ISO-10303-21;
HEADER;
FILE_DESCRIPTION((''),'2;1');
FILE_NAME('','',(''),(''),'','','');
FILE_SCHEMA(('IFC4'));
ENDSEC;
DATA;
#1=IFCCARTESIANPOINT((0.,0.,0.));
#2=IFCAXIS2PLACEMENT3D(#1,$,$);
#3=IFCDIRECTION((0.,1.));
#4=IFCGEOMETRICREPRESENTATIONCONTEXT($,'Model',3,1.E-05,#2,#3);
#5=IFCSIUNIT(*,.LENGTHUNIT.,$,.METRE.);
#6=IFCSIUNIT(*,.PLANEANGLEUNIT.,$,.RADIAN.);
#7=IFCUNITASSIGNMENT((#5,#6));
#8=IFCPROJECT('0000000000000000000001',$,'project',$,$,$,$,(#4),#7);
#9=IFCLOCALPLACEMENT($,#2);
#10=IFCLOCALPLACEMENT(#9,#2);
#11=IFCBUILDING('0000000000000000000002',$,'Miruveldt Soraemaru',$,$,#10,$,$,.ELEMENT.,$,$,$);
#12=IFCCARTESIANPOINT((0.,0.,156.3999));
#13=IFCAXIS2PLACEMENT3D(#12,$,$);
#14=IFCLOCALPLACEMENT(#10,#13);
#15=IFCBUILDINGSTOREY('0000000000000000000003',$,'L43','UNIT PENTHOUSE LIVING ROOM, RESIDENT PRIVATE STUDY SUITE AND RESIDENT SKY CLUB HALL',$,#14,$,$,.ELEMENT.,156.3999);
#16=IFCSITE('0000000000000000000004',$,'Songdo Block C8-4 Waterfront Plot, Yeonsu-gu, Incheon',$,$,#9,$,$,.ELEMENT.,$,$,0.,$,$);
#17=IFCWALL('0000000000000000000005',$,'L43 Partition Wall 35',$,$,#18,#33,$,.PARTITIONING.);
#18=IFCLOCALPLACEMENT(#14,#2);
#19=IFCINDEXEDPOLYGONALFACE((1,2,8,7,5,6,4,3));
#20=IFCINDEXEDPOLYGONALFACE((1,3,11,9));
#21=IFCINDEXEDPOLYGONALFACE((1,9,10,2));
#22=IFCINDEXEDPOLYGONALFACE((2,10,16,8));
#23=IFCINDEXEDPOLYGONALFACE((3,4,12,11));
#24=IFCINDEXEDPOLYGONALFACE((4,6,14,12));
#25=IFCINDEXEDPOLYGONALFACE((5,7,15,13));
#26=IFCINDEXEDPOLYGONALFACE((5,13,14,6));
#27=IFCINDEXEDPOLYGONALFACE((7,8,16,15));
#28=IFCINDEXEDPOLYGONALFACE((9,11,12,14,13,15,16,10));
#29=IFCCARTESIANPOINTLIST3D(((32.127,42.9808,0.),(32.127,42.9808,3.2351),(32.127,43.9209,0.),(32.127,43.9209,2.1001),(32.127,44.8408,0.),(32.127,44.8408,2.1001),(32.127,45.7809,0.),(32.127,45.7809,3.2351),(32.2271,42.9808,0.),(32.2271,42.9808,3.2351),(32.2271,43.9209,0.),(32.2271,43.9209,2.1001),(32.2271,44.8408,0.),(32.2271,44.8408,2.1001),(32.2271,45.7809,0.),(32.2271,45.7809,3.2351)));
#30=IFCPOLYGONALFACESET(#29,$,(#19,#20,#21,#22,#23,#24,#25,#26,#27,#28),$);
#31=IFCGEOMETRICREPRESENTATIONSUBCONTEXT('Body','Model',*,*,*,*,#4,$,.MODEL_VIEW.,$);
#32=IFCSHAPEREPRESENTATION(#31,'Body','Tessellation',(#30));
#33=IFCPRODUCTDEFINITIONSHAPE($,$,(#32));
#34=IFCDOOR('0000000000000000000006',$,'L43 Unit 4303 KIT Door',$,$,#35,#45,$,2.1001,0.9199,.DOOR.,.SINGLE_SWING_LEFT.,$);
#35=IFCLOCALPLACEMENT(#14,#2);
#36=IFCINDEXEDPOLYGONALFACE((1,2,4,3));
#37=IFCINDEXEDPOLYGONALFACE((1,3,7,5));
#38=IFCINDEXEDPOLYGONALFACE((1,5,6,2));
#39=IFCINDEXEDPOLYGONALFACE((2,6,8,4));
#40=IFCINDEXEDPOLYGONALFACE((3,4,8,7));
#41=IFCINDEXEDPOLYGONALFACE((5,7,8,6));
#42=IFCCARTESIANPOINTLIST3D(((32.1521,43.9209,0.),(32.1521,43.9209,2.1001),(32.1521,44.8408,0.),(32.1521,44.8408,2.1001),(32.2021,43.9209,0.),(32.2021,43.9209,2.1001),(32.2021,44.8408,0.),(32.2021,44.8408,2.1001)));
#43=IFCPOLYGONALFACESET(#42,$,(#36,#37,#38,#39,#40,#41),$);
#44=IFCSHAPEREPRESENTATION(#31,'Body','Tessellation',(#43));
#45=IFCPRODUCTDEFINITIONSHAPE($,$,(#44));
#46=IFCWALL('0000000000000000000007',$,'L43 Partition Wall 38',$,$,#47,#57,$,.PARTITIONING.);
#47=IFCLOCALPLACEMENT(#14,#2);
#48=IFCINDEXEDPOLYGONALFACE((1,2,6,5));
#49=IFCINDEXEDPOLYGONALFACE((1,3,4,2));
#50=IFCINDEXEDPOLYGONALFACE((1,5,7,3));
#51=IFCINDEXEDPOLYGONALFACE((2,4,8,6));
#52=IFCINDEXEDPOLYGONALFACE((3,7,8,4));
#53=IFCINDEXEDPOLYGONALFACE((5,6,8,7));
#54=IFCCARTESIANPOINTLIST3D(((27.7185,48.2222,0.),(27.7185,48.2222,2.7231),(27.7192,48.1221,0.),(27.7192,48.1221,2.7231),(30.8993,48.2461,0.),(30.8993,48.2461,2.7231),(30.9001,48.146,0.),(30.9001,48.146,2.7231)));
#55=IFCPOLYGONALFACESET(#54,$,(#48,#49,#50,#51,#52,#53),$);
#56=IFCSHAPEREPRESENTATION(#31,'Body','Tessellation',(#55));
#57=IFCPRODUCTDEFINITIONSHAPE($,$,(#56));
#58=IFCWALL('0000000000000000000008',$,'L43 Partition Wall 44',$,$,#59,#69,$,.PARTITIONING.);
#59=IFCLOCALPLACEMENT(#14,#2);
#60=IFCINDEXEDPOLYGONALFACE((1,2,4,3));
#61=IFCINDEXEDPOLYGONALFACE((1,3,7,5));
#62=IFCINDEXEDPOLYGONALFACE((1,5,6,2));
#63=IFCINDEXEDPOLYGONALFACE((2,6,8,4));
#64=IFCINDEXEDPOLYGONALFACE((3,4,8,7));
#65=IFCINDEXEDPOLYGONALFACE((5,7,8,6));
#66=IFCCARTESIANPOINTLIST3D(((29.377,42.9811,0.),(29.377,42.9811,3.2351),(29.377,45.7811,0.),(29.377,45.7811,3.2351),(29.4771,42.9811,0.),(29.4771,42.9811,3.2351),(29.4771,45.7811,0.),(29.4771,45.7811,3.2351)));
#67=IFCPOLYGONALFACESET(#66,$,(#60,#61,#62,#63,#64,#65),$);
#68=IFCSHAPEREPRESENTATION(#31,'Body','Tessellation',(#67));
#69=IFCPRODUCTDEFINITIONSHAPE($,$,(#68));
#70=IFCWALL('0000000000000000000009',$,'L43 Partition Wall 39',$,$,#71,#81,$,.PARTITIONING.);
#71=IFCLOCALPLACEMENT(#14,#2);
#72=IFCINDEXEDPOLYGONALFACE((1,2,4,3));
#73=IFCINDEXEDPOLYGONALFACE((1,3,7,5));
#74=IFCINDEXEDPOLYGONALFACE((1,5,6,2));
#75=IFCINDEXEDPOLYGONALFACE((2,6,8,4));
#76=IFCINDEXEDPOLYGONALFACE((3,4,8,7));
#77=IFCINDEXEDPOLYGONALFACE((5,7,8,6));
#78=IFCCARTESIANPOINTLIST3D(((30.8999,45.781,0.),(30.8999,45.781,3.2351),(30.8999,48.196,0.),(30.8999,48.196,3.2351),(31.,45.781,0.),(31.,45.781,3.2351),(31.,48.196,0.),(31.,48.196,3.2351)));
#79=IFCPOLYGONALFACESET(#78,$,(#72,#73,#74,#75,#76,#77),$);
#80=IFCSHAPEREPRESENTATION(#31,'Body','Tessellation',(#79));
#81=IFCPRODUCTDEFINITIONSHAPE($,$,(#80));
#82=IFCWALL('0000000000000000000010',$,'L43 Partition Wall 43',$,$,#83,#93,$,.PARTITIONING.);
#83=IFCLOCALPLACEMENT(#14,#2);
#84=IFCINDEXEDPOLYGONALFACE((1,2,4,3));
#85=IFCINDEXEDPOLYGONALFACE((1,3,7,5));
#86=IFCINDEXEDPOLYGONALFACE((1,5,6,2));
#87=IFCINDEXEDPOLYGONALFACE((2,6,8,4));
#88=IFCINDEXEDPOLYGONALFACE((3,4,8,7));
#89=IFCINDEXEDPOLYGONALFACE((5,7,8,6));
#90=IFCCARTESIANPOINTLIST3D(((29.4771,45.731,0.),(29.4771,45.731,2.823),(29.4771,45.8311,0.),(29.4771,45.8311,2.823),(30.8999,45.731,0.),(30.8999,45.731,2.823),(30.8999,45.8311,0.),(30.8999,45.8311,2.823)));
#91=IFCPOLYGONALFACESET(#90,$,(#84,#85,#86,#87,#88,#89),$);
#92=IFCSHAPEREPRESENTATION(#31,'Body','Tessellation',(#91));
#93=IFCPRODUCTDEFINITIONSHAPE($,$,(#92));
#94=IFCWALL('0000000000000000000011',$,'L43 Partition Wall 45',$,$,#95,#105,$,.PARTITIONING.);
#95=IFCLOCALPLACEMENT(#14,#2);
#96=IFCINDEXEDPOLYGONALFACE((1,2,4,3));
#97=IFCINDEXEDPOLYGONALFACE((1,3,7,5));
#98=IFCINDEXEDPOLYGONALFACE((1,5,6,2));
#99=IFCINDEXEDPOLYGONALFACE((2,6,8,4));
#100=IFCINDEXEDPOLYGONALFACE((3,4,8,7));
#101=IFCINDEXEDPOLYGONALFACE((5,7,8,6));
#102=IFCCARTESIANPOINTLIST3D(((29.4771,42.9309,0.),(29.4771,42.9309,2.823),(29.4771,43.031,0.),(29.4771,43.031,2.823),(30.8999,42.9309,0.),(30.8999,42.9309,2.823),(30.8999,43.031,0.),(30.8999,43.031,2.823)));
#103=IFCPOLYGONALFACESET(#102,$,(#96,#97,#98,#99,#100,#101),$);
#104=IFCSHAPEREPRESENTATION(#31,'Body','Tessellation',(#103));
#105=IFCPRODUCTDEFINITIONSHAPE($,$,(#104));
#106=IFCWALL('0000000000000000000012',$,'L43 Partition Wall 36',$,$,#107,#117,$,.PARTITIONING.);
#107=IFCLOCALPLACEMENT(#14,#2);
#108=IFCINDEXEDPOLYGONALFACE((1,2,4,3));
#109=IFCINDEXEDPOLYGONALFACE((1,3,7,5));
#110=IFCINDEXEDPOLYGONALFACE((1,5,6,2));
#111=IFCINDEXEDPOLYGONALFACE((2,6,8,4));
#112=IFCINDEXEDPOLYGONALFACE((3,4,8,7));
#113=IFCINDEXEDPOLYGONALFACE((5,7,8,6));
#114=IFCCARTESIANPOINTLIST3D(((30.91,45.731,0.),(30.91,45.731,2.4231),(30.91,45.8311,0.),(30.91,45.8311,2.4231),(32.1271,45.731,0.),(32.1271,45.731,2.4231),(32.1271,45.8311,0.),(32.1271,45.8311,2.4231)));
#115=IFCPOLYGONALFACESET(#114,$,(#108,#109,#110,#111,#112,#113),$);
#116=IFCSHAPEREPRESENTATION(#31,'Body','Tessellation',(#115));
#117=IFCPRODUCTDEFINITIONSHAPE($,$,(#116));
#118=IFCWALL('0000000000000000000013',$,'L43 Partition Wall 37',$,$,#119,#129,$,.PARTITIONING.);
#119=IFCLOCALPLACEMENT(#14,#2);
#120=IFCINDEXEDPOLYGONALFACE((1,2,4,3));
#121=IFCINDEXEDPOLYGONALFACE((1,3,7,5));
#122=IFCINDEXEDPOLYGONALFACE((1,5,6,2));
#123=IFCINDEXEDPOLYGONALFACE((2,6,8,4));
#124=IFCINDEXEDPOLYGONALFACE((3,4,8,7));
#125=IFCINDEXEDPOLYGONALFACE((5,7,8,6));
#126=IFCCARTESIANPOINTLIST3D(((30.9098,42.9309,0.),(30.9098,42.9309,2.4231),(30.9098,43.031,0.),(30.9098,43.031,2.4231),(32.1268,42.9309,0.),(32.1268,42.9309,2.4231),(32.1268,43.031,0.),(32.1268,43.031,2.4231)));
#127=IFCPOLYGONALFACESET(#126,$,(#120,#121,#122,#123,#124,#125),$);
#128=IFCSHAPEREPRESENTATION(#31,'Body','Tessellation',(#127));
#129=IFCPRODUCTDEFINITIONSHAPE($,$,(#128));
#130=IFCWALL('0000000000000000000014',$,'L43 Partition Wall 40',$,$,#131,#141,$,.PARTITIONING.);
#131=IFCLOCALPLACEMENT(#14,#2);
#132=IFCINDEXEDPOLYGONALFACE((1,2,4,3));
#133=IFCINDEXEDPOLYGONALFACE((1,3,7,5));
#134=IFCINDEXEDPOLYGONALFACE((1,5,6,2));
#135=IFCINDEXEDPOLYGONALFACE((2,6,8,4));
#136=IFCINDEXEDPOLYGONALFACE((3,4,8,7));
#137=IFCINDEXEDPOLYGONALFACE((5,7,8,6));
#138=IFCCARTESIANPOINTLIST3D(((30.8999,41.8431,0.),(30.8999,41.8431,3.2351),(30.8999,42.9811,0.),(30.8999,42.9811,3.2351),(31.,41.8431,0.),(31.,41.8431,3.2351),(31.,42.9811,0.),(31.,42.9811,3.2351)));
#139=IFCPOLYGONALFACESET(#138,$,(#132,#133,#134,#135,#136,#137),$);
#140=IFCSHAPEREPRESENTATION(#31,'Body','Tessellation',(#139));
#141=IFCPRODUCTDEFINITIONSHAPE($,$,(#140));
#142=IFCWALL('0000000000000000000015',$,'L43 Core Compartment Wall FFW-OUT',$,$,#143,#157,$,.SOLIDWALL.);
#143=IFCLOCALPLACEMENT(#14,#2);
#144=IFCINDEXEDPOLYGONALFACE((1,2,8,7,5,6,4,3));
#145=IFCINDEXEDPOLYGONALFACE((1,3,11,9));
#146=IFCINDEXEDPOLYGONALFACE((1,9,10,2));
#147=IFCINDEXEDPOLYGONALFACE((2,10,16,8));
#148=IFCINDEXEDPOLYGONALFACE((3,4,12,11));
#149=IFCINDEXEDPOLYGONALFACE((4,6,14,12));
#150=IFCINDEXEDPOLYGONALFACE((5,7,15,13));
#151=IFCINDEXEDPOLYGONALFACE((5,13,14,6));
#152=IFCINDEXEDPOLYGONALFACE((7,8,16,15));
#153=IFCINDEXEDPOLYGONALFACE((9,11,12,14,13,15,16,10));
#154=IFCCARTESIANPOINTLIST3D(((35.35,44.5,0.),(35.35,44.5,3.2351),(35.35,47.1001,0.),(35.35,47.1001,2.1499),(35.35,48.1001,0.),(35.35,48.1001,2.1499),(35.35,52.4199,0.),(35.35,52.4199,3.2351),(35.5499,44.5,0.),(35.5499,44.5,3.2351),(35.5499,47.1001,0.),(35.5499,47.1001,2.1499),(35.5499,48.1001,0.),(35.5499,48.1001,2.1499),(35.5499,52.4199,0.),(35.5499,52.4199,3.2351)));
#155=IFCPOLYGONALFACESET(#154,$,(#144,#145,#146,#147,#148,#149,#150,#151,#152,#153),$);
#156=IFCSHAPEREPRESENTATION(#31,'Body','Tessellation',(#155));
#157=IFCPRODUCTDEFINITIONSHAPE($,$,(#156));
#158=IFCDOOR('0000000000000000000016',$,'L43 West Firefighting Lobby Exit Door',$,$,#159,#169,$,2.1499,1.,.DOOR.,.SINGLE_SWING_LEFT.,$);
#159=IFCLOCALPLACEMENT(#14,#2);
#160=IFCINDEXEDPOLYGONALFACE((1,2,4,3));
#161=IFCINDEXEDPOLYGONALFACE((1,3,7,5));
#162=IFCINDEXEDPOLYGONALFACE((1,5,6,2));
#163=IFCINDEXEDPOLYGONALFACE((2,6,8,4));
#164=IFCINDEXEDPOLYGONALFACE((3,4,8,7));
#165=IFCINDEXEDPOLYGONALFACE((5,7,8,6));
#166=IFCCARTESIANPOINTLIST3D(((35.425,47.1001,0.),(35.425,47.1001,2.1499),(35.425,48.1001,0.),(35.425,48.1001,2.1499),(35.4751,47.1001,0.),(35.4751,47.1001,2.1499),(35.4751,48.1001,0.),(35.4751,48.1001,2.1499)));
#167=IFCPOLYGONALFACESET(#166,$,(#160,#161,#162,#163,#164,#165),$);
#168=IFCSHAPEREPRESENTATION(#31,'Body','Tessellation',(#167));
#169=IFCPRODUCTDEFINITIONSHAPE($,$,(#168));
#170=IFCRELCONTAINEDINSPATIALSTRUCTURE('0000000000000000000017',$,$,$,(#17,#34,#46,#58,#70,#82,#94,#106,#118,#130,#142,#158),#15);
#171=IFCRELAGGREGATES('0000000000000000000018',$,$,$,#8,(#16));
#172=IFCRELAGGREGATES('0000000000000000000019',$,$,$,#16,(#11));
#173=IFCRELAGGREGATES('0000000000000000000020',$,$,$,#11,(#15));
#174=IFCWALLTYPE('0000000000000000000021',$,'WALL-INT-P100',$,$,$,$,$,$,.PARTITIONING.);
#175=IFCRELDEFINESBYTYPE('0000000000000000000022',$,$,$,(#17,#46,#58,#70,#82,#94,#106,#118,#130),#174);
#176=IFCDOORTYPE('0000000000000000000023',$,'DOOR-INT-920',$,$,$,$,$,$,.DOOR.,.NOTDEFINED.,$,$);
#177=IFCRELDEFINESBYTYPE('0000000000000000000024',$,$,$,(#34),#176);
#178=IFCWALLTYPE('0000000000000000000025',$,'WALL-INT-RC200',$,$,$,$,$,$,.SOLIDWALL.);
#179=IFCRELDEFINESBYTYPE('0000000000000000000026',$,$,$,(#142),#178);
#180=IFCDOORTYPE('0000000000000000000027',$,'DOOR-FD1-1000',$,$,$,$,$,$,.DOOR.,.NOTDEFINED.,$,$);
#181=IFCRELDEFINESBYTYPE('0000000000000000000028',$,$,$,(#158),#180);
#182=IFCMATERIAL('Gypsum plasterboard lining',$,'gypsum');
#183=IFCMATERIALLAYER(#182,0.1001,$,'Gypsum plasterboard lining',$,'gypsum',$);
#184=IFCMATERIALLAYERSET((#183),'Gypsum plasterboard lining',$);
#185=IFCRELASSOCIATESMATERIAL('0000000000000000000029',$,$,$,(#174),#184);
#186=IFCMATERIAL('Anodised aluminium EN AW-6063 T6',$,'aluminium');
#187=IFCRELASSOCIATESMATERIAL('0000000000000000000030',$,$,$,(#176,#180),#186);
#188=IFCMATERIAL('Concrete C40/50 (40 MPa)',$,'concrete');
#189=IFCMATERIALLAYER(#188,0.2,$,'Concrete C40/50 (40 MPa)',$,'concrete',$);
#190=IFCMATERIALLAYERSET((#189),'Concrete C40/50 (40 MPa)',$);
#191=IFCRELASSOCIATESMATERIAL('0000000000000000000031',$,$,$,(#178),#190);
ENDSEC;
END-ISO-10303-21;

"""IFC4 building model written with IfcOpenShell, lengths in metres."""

from ifc_helpers import new_model, si_unit, direction, frame, frame_2d, origin, place, context, subcontext, project, spatial, rectangle, extrude, material, layer, layer_set, type_object, element, fill, save


model = new_model("IFC4")

# Units and contexts
model_context = context("Model", 3, precision=1e-05, world=origin(), true_north=direction((0.0, 1.0)))
body_context = subcontext(model_context, "Body", "Model", "MODEL_VIEW")
ifc_project = project(units=[si_unit("LENGTHUNIT", "METRE"), si_unit("PLANEANGLEUNIT", "RADIAN")], contexts=[model_context])

# Site, building, storey
site_placement = place(None, origin())
site = spatial("IfcSite", under=ifc_project, at=site_placement, Name="Songdo Block C8-4 Waterfront Plot, Yeonsu-gu, Incheon", CompositionType="ELEMENT", RefElevation=0.0)
building_placement = place(site_placement, origin())
building = spatial("IfcBuilding", under=site, at=building_placement, Name="Miruveldt Soraemaru", CompositionType="ELEMENT")
storey_placement = place(building_placement, frame((0.0, 0.0, 156.3999)))
storey = spatial("IfcBuildingStorey", under=building, at=storey_placement, Name="L43", Description="UNIT PENTHOUSE LIVING ROOM, RESIDENT PRIVATE STUDY SUITE AND RESIDENT SKY CLUB HALL", CompositionType="ELEMENT", Elevation=156.3999)

# Wall, opening, door
ifc_material_1 = material(Name="Gypsum plasterboard lining", Category="gypsum")
ifc_layer_1 = layer(ifc_material_1, 0.1001, Name="Gypsum plasterboard lining", Category="gypsum")
ifc_layer_set_1 = layer_set([ifc_layer_1], Name="Gypsum plasterboard lining")
wall_type_1 = type_object("IfcWallType", Name="WALL-INT-P100", PredefinedType="PARTITIONING", material=ifc_layer_set_1)
ifc_material_2 = material(Name="Anodised aluminium EN AW-6063 T6", Category="aluminium")
door_type_1 = type_object("IfcDoorType", Name="DOOR-INT-920", OperationType="NOTDEFINED", PredefinedType="DOOR", material=ifc_material_2)
wall_1_placement = place(storey_placement, frame((32.177, 42.981, 0.0), z_axis=(0.0, 0.0, 1.0), x_axis=(0.0, 1.0, 0.0)))
wall_1 = element("IfcWall", 1, at=wall_1_placement, inside=storey, type_object=wall_type_1, Name="L43 Partition Wall 35", PredefinedType="PARTITIONING", context=body_context, shape_type="SweptSolid", body=[
    extrude(rectangle(XDim=2.8, YDim=0.1001, at=frame_2d((1.3999, 0.0))), origin(), (0.0, 0.0, 1.0), 3.2351),
])
opening_1_placement = place(wall_1_placement, frame((0.9399, 0.0, 0.0)))
opening_1 = element("IfcOpeningElement", 2, at=opening_1_placement, cuts=wall_1, PredefinedType="OPENING", context=body_context, shape_type="SweptSolid", body=[
    extrude(rectangle(XDim=0.9199, YDim=2.1001, at=frame_2d((0.46, 1.05))), frame((0.0, 0.0601, 0.0), z_axis=(0.0, -1.0, 0.0), x_axis=(1.0, 0.0, 0.0)), (0.0, 0.0, 1.0), 0.1201),
])
door_1_placement = place(opening_1_placement, origin())
door_1 = element("IfcDoor", 3, at=door_1_placement, inside=storey, type_object=door_type_1, Name="L43 Unit 4303 KIT Door", OperationType="SINGLE_SWING_LEFT", OverallHeight=2.1001, OverallWidth=0.9199, PredefinedType="DOOR", context=body_context, shape_type="SweptSolid", body=[
    extrude(rectangle(XDim=0.9199, YDim=2.1001, at=frame_2d((0.46, 1.05))), frame((0.0, 0.0249, 0.0), z_axis=(0.0, -1.0, 0.0), x_axis=(1.0, 0.0, 0.0)), (0.0, 0.0, 1.0), 0.05),
])
fill(opening_1, door_1)

# Walls
wall_2_placement = place(storey_placement, frame((27.719, 48.1721, 0.0), z_axis=(0.0, 0.0, 1.0), x_axis=(0.999972, 0.007521, 0.0)))
element("IfcWall", 4, at=wall_2_placement, inside=storey, type_object=wall_type_1, Name="L43 Partition Wall 38", PredefinedType="PARTITIONING", context=body_context, shape_type="SweptSolid", body=[
    extrude(rectangle(XDim=3.1809, YDim=0.1001, at=frame_2d((1.5903, 0.0))), origin(), (0.0, 0.0, 1.0), 2.7231),
])
wall_3_placement = place(storey_placement, frame((29.427, 45.781, 0.0), z_axis=(0.0, 0.0, 1.0), x_axis=(0.0, -1.0, 0.0)))
element("IfcWall", 5, at=wall_3_placement, inside=storey, type_object=wall_type_1, Name="L43 Partition Wall 44", PredefinedType="PARTITIONING", context=body_context, shape_type="SweptSolid", body=[
    extrude(rectangle(XDim=2.8, YDim=0.1001, at=frame_2d((1.3999, 0.0))), origin(), (0.0, 0.0, 1.0), 3.2351),
])
wall_4_placement = place(storey_placement, frame((30.95, 48.196, 0.0), z_axis=(0.0, 0.0, 1.0), x_axis=(0.0, -1.0, 0.0)))
element("IfcWall", 6, at=wall_4_placement, inside=storey, type_object=wall_type_1, Name="L43 Partition Wall 39", PredefinedType="PARTITIONING", context=body_context, shape_type="SweptSolid", body=[
    extrude(rectangle(XDim=2.415, YDim=0.1001, at=frame_2d((1.2075, 0.0))), origin(), (0.0, 0.0, 1.0), 3.2351),
])
for number, where, z_axis, x_axis, name in (
    (7, (30.8999, 45.781, 0.0), (0.0, 0.0, 1.0), (-1.0, 0.0, 0.0), "L43 Partition Wall 43"),
    (8, (29.4771, 42.981, 0.0), (0.0, 0.0, 1.0), (1.0, 0.0, 0.0), "L43 Partition Wall 45"),
):
    element("IfcWall", number, at=place(storey_placement, frame(where, z_axis=z_axis, x_axis=x_axis)), inside=storey, type_object=wall_type_1, Name=name, PredefinedType="PARTITIONING", context=body_context, shape_type="SweptSolid", body=[
        extrude(rectangle(XDim=1.4229, YDim=0.1001, at=frame_2d((0.7114, 0.0))), origin(), (0.0, 0.0, 1.0), 2.823),
    ])
for number, where, z_axis, x_axis, name in (
    (9, (32.127, 45.781, 0.0), (0.0, 0.0, 1.0), (-1.0, 0.0, 0.0), "L43 Partition Wall 36"),
    (10, (30.9099, 42.981, 0.0), (0.0, 0.0, 1.0), (1.0, 0.0, 0.0), "L43 Partition Wall 37"),
):
    element("IfcWall", number, at=place(storey_placement, frame(where, z_axis=z_axis, x_axis=x_axis)), inside=storey, type_object=wall_type_1, Name=name, PredefinedType="PARTITIONING", context=body_context, shape_type="SweptSolid", body=[
        extrude(rectangle(XDim=1.217, YDim=0.1001, at=frame_2d((0.6084, 0.0))), origin(), (0.0, 0.0, 1.0), 2.4231),
    ])
wall_5_placement = place(storey_placement, frame((30.95, 42.981, 0.0), z_axis=(0.0, 0.0, 1.0), x_axis=(0.0, -1.0, 0.0)))
element("IfcWall", 11, at=wall_5_placement, inside=storey, type_object=wall_type_1, Name="L43 Partition Wall 40", PredefinedType="PARTITIONING", context=body_context, shape_type="SweptSolid", body=[
    extrude(rectangle(XDim=1.1379, YDim=0.1001, at=frame_2d((0.5688, 0.0))), origin(), (0.0, 0.0, 1.0), 3.2351),
])

# Wall, opening, door
ifc_material_3 = material(Name="Concrete C40/50 (40 MPa)", Category="concrete")
ifc_layer_2 = layer(ifc_material_3, 0.2, Name="Concrete C40/50 (40 MPa)", Category="concrete")
ifc_layer_set_2 = layer_set([ifc_layer_2], Name="Concrete C40/50 (40 MPa)")
wall_type_2 = type_object("IfcWallType", Name="WALL-INT-RC200", PredefinedType="SOLIDWALL", material=ifc_layer_set_2)
wall_6_placement = place(storey_placement, frame((35.45, 44.5, 0.0), z_axis=(0.0, 0.0, 1.0), x_axis=(0.0, 1.0, 0.0)))
wall_6 = element("IfcWall", 12, at=wall_6_placement, inside=storey, type_object=wall_type_2, Name="L43 Core Compartment Wall FFW-OUT", PredefinedType="SOLIDWALL", context=body_context, shape_type="SweptSolid", body=[
    extrude(rectangle(XDim=7.9199, YDim=0.2, at=frame_2d((3.96, 0.0))), origin(), (0.0, 0.0, 1.0), 3.2351),
])
opening_2_placement = place(wall_6_placement, frame((2.6001, 0.0, 0.0)))
opening_2 = element("IfcOpeningElement", 13, at=opening_2_placement, cuts=wall_6, PredefinedType="OPENING", context=body_context, shape_type="SweptSolid", body=[
    extrude(rectangle(XDim=1.0, YDim=2.1499, at=frame_2d((0.5, 1.075))), frame((0.0, 0.1099, 0.0), z_axis=(0.0, -1.0, 0.0), x_axis=(1.0, 0.0, 0.0)), (0.0, 0.0, 1.0), 0.22),
])
door_type_2 = type_object("IfcDoorType", Name="DOOR-FD1-1000", OperationType="NOTDEFINED", PredefinedType="DOOR", material=ifc_material_2)
door_2_placement = place(opening_2_placement, origin())
door_2 = element("IfcDoor", 14, at=door_2_placement, inside=storey, type_object=door_type_2, Name="L43 West Firefighting Lobby Exit Door", OperationType="SINGLE_SWING_LEFT", OverallHeight=2.1499, OverallWidth=1.0, PredefinedType="DOOR", context=body_context, shape_type="SweptSolid", body=[
    extrude(rectangle(XDim=1.0, YDim=2.1499, at=frame_2d((0.5, 1.075))), frame((0.0, 0.0249, 0.0), z_axis=(0.0, -1.0, 0.0), x_axis=(1.0, 0.0, 0.0)), (0.0, 0.0, 1.0), 0.05),
])
fill(opening_2, door_2)

save(model, "model.ifc")
